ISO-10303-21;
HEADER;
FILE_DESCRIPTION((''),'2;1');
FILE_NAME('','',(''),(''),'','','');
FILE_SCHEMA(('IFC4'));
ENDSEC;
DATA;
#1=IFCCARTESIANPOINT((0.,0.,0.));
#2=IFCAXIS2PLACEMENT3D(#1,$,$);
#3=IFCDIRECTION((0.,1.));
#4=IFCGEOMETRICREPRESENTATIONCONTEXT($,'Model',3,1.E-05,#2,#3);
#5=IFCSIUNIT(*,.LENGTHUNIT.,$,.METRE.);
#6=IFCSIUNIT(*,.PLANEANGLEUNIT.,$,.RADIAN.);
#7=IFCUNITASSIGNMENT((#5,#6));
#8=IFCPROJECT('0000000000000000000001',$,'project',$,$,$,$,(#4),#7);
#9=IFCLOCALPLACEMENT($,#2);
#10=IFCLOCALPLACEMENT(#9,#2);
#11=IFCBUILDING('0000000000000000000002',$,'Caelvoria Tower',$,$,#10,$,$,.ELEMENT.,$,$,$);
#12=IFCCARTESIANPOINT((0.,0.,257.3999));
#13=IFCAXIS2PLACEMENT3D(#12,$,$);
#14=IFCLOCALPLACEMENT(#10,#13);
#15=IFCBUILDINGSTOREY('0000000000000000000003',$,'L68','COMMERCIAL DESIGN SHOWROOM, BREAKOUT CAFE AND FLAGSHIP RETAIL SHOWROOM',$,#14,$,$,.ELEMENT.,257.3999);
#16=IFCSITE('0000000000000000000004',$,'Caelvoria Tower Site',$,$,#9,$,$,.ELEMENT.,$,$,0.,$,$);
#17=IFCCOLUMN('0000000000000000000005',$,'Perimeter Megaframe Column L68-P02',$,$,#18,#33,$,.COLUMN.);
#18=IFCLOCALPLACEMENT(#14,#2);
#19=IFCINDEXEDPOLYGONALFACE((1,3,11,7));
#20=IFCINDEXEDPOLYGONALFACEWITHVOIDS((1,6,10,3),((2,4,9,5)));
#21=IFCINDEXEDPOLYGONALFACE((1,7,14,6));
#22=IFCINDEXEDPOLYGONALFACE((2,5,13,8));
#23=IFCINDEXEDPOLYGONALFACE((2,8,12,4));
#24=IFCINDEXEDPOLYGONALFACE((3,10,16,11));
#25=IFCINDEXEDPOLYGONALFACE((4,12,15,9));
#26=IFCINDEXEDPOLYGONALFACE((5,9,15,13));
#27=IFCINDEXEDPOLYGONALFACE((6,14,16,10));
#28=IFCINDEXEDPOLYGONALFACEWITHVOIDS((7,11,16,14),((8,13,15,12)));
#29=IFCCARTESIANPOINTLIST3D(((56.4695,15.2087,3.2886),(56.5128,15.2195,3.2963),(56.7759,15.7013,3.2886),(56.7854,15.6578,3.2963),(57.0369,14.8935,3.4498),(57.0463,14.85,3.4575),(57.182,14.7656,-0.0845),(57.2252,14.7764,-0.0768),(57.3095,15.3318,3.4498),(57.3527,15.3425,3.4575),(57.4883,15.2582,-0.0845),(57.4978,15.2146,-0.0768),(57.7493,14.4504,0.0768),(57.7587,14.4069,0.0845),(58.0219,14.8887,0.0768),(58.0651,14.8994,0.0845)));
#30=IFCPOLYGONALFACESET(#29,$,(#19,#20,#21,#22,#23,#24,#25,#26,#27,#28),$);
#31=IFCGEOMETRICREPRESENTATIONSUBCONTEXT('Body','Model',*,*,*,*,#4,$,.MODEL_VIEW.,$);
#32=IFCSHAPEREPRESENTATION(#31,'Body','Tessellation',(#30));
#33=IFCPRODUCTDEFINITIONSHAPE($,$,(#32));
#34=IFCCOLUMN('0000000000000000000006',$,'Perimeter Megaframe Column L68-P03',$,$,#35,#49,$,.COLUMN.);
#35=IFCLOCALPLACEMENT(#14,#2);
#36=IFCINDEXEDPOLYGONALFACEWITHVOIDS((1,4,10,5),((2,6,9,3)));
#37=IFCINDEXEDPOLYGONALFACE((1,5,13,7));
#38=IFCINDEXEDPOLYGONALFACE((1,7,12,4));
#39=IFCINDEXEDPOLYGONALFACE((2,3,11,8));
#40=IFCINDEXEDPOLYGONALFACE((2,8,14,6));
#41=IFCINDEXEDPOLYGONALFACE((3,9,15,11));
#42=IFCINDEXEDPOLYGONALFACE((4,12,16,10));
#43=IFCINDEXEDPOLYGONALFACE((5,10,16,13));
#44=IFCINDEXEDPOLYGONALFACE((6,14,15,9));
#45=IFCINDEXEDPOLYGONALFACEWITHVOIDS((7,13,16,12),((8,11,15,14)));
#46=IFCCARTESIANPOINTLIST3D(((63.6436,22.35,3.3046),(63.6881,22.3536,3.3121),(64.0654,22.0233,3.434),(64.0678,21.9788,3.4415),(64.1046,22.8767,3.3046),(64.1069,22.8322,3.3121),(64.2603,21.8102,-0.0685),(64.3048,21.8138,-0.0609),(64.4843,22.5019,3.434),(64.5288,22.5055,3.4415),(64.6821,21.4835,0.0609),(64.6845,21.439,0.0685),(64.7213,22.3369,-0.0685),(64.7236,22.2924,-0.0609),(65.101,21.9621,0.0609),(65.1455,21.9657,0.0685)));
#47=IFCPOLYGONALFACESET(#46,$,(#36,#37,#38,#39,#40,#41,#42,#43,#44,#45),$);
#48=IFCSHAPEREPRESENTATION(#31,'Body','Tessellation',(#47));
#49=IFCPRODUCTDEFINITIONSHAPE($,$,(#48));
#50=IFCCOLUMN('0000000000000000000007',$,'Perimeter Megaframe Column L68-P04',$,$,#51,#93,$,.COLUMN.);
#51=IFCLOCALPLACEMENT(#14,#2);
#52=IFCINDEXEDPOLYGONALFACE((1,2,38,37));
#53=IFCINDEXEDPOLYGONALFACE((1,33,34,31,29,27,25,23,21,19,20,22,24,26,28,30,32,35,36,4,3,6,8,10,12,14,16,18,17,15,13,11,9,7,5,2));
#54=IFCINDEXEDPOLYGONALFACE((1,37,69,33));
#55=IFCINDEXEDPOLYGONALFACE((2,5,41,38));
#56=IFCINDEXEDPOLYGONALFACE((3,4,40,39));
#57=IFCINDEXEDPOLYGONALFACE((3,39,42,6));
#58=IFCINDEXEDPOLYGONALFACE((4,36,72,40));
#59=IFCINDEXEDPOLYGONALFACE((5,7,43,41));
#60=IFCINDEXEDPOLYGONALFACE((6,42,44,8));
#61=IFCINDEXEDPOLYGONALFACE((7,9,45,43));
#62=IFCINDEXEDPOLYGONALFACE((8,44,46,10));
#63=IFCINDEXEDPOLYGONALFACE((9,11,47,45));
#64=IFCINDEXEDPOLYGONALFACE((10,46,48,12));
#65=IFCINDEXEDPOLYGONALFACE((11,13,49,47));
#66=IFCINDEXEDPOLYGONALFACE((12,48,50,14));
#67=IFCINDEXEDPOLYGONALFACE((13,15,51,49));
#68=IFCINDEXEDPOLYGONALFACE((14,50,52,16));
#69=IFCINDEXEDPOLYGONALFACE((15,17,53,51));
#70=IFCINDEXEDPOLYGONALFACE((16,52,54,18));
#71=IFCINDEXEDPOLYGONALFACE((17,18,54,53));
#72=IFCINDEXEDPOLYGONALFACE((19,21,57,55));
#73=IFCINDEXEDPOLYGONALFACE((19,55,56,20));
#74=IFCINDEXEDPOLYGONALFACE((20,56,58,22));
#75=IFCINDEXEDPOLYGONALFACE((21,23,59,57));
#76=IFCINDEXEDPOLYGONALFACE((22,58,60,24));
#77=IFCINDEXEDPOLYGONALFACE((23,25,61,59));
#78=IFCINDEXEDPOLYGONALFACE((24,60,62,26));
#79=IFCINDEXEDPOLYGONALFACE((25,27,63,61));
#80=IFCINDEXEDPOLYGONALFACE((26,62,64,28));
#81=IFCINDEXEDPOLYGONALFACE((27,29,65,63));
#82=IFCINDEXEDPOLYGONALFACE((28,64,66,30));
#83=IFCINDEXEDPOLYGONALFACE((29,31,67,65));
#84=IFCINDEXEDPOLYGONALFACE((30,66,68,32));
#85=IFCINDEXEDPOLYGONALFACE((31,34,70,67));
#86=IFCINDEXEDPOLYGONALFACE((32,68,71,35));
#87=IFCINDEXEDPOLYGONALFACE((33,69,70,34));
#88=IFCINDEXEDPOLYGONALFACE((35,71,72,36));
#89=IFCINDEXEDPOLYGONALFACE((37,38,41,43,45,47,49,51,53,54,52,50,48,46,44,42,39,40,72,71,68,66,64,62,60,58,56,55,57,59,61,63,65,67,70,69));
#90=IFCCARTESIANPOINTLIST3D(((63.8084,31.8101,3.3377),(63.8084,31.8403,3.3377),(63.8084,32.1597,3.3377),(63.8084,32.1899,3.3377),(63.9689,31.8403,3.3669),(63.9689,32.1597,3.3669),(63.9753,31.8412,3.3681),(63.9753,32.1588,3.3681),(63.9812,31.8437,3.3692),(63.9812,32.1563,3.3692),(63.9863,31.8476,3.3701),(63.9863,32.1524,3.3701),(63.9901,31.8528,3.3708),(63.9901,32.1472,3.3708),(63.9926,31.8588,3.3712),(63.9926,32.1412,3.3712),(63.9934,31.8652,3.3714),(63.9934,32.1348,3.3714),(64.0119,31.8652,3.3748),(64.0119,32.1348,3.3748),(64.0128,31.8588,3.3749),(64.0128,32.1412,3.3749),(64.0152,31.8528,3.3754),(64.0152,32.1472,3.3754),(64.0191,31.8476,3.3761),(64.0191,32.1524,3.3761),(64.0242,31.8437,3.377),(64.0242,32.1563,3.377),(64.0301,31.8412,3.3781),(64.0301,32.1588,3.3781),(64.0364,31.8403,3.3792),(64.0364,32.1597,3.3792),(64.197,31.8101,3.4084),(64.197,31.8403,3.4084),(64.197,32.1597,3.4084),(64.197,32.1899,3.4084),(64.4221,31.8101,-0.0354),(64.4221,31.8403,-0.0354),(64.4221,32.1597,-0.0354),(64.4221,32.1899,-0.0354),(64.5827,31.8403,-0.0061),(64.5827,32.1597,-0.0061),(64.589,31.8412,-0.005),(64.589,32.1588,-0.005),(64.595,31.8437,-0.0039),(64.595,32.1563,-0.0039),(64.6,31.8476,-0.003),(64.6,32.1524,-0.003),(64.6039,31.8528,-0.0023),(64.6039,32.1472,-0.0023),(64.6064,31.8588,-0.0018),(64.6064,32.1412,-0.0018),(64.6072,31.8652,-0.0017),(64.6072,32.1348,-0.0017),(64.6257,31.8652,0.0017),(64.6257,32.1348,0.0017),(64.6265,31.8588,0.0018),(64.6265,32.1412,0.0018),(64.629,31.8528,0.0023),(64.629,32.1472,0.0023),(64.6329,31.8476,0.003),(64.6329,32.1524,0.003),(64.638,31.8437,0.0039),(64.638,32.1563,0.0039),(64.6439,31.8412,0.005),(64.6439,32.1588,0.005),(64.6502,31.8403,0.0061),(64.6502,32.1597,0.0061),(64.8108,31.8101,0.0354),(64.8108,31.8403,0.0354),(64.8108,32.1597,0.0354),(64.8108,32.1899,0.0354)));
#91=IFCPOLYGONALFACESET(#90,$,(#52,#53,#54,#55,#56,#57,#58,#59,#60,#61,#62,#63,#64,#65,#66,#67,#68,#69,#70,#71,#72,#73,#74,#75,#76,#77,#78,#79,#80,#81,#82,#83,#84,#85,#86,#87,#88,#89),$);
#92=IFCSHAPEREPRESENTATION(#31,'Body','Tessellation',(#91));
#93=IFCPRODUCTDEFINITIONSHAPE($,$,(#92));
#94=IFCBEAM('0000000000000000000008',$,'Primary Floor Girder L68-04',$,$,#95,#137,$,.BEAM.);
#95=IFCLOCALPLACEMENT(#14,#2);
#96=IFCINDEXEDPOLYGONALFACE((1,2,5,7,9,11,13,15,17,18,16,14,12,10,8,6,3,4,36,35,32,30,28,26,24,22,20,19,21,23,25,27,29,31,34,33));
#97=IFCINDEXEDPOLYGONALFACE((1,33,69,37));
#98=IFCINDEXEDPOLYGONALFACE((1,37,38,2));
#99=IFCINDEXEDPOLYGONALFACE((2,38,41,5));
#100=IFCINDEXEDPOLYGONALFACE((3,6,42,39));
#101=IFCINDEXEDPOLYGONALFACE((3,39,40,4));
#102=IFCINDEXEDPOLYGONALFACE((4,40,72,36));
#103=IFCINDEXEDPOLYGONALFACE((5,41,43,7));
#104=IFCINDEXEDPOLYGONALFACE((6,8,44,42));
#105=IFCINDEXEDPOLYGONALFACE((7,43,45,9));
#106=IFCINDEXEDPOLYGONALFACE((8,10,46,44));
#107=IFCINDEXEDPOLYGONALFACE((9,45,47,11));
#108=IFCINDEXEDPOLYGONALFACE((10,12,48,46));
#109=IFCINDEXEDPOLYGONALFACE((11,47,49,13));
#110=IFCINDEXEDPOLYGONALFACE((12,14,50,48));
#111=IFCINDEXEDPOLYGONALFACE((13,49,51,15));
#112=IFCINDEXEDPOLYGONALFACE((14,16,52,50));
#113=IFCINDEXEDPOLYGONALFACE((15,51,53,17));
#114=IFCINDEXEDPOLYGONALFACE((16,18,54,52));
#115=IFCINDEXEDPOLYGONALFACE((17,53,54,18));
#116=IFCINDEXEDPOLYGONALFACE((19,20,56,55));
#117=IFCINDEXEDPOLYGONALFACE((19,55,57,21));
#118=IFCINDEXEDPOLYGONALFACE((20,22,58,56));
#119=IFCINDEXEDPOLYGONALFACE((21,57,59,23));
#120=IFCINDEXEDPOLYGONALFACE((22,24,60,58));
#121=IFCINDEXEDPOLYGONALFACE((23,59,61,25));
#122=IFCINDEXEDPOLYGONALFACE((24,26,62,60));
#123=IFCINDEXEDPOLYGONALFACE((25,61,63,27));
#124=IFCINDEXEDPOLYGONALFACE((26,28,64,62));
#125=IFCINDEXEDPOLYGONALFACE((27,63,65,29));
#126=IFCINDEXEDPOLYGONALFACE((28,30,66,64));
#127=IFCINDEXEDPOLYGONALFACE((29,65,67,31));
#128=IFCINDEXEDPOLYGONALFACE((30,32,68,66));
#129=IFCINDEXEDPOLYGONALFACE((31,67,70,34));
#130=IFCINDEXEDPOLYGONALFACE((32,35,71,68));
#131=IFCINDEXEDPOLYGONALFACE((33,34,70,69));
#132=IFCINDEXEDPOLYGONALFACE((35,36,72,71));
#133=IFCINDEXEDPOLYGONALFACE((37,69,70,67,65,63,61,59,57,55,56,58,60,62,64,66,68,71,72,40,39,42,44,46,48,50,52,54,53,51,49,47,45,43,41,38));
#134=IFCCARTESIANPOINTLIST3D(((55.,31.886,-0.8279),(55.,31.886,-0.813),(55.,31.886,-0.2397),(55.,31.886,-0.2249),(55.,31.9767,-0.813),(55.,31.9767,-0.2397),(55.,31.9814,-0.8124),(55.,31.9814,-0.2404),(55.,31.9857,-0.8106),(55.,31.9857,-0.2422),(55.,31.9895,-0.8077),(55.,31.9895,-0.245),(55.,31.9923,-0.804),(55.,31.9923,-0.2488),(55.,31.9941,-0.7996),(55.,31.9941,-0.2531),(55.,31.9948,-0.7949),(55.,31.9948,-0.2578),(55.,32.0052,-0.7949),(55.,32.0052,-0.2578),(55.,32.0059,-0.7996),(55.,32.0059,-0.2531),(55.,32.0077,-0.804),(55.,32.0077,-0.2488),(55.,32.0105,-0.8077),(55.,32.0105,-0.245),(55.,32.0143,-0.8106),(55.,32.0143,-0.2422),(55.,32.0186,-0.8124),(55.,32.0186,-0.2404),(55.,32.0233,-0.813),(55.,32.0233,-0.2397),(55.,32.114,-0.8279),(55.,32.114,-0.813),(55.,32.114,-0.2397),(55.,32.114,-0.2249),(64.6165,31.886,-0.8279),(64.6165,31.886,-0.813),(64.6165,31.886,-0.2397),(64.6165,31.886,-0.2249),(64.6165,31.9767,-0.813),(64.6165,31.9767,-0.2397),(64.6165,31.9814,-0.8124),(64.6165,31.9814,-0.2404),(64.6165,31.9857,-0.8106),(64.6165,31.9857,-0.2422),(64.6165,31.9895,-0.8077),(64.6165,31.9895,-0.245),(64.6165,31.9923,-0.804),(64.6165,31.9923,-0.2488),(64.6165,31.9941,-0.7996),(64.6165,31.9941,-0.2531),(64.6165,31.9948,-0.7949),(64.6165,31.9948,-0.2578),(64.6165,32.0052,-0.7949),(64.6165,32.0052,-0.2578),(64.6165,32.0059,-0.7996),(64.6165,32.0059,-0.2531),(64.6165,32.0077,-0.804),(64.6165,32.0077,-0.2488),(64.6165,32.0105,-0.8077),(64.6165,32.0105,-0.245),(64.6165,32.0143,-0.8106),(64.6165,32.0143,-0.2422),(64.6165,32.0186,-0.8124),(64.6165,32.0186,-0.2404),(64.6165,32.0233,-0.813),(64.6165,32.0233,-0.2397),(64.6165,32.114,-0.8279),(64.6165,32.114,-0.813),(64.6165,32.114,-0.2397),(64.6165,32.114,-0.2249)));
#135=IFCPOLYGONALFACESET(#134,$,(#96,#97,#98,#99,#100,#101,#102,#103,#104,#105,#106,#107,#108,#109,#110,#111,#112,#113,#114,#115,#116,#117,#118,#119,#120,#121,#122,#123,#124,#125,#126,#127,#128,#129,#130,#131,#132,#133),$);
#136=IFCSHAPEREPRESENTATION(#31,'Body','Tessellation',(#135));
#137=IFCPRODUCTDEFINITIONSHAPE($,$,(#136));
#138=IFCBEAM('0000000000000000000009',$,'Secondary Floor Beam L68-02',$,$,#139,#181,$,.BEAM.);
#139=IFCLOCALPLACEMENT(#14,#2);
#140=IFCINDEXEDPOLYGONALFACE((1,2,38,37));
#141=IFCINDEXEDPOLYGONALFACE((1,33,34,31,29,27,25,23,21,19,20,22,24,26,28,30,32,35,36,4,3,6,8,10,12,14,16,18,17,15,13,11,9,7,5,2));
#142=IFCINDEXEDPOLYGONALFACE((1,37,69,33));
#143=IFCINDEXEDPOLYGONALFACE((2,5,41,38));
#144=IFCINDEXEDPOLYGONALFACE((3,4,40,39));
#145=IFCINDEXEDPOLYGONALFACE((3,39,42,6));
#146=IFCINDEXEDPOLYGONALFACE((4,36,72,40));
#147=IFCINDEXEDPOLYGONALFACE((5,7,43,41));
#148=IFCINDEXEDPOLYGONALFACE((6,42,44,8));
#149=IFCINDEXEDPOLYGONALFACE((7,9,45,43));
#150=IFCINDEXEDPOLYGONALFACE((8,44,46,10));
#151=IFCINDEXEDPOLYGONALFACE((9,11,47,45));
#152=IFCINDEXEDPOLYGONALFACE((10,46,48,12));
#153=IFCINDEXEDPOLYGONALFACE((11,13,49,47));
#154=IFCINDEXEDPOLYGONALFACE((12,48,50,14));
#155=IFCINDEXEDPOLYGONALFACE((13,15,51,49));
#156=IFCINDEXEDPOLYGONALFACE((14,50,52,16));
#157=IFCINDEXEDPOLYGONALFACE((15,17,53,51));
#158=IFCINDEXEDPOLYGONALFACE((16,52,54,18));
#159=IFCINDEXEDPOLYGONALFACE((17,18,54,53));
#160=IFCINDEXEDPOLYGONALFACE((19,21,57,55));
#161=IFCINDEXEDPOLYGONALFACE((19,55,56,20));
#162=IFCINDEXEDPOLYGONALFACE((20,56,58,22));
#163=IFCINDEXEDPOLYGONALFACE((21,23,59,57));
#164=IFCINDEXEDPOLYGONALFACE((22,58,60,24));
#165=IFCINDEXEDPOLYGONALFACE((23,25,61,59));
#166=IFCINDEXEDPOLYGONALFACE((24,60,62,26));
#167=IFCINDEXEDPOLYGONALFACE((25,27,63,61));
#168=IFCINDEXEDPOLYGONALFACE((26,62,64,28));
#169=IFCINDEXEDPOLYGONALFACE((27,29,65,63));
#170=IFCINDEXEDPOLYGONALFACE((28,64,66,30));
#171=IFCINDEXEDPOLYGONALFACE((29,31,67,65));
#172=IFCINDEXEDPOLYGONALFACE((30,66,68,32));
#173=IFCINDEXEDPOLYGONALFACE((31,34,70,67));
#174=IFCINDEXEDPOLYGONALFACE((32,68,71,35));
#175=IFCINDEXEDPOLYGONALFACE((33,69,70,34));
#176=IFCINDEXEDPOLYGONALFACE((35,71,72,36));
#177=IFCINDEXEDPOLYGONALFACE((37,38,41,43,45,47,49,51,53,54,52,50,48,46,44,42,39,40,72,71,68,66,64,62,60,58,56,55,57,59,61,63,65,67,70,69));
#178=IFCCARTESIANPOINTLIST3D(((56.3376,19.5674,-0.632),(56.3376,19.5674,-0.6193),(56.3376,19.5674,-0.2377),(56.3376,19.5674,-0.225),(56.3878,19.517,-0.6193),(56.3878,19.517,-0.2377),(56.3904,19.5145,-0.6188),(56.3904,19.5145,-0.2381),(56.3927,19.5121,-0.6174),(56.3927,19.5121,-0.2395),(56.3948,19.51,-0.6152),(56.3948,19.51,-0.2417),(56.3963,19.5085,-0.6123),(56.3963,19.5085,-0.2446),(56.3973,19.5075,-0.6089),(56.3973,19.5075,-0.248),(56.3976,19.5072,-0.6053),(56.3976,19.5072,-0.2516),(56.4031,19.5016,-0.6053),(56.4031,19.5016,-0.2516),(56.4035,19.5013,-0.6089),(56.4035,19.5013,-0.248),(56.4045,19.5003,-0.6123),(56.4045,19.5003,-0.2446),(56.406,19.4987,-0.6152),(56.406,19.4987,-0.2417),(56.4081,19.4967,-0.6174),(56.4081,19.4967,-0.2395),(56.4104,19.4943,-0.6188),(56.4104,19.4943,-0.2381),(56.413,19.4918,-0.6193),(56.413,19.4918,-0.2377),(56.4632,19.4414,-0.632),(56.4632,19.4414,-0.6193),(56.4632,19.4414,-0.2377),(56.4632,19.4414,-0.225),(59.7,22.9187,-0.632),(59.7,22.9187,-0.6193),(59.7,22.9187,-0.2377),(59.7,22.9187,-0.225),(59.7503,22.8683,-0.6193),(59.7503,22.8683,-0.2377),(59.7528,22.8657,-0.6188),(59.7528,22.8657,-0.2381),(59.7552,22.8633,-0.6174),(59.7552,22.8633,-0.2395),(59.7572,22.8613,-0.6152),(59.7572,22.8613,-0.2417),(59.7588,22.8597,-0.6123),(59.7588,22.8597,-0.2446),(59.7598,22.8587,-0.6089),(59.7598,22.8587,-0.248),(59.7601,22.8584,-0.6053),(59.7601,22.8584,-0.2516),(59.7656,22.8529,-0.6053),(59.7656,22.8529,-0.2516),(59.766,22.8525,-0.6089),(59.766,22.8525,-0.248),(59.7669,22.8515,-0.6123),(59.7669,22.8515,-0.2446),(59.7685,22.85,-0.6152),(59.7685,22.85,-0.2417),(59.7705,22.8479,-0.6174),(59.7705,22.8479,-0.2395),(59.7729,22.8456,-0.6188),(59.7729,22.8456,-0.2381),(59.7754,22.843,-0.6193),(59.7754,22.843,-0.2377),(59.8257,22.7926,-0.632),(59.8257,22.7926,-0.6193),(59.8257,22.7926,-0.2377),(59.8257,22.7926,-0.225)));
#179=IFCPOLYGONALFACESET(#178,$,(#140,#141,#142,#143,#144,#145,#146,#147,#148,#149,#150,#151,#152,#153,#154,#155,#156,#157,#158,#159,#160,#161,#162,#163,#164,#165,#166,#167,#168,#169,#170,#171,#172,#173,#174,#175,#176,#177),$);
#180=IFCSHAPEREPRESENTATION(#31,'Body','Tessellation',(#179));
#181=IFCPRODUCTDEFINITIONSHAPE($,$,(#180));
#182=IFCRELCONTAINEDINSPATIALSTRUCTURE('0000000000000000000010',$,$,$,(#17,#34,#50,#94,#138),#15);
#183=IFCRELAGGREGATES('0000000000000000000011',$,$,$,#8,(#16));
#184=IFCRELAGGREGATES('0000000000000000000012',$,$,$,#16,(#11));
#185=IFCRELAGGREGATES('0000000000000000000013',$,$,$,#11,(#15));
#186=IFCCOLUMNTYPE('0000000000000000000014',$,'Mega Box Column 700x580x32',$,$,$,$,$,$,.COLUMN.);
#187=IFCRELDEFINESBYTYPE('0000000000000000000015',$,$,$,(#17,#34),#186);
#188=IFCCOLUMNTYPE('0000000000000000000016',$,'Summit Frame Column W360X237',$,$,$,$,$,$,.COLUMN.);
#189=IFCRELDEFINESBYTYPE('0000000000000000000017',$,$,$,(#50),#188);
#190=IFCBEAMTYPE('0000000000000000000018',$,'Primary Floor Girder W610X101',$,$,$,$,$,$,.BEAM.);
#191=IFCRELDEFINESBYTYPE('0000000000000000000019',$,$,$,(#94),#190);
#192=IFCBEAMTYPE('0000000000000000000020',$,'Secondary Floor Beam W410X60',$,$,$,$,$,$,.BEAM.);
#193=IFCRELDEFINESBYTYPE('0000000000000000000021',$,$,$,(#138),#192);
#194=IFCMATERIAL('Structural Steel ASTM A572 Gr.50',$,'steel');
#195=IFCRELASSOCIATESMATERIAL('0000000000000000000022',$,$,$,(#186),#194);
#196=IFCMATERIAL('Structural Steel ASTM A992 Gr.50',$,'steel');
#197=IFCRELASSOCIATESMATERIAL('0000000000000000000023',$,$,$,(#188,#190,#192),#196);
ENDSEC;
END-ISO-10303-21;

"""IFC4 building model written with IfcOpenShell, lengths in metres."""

from ifc_helpers import new_model, si_unit, direction, frame, origin, origin_2d, place, context, subcontext, project, spatial, hollow_rectangle, i_section, extrude, material, material_profile, profile_set, type_object, element, save


model = new_model("IFC4")

# Units and contexts
model_context = context("Model", 3, precision=1e-05, world=origin(), true_north=direction((0.0, 1.0)))
body_context = subcontext(model_context, "Body", "Model", "MODEL_VIEW")
ifc_project = project(units=[si_unit("LENGTHUNIT", "METRE"), si_unit("PLANEANGLEUNIT", "RADIAN")], contexts=[model_context])

# Site, building, storey
site_placement = place(None, origin())
site = spatial("IfcSite", under=ifc_project, at=site_placement, Name="Caelvoria Tower Site", CompositionType="ELEMENT", RefElevation=0.0)
building_placement = place(site_placement, origin())
building = spatial("IfcBuilding", under=site, at=building_placement, Name="Caelvoria Tower", CompositionType="ELEMENT")
storey_placement = place(building_placement, frame((0.0, 0.0, 257.3999)))
storey = spatial("IfcBuildingStorey", under=building, at=storey_placement, Name="L68", Description="COMMERCIAL DESIGN SHOWROOM, BREAKOUT CAFE AND FLAGSHIP RETAIL SHOWROOM", CompositionType="ELEMENT", Elevation=257.3999)

# Columns
ifc_material_1 = material(Name="Structural Steel ASTM A572 Gr.50", Category="steel")
ifc_material_profile_1 = material_profile(ifc_material_1, hollow_rectangle(XDim=0.5801, YDim=0.7, WallThickness=0.032, at=origin_2d()), Name="Structural Steel ASTM A572 Gr.50")
ifc_profile_set_1 = profile_set([ifc_material_profile_1], Name="BOX700X580X32 - Structural Steel ASTM A572 Gr.50")
column_type_1 = type_object("IfcColumnType", Name="Mega Box Column 700x580x32", PredefinedType="COLUMN", material=ifc_profile_set_1)
column_1_placement = place(storey_placement, frame((57.6235, 14.8325, 0.0), z_axis=(-0.20496, 0.127485, 0.970432), x_axis=(-0.528167, -0.849141, 0.0)))
element("IfcColumn", 1, at=column_1_placement, inside=storey, type_object=column_type_1, Name="Perimeter Megaframe Column L68-P02", PredefinedType="COLUMN", context=body_context, shape_type="SweptSolid", body=[
    extrude(hollow_rectangle(XDim=0.5801, YDim=0.7, WallThickness=0.032, at=origin_2d()), origin(), (0.0, 0.0, 1.0), 3.4758),
])
column_2_placement = place(storey_placement, frame((64.7029, 21.8879, 0.0), z_axis=(-0.177662, 0.155507, 0.971727), x_axis=(0.731192, -0.64001, 0.236107)))
element("IfcColumn", 2, at=column_2_placement, inside=storey, type_object=column_type_1, Name="Perimeter Megaframe Column L68-P03", PredefinedType="COLUMN", context=body_context, shape_type="SweptSolid", body=[
    extrude(hollow_rectangle(XDim=0.5801, YDim=0.7, WallThickness=0.032, at=origin_2d()), origin(), (0.0, 0.0, 1.0), 3.4712),
])
ifc_material_2 = material(Name="Structural Steel ASTM A992 Gr.50", Category="steel")
ifc_material_profile_2 = material_profile(ifc_material_2, i_section(OverallWidth=0.395, OverallDepth=0.3799, WebThickness=0.0188, FlangeThickness=0.0303, FilletRadius=0.0249, at=origin_2d()), Name="Structural Steel ASTM A992 Gr.50")
ifc_profile_set_2 = profile_set([ifc_material_profile_2], Name="W360X237 - Structural Steel ASTM A992 Gr.50")
column_type_2 = type_object("IfcColumnType", Name="Summit Frame Column W360X237", PredefinedType="COLUMN", material=ifc_profile_set_2)
column_3_placement = place(storey_placement, frame((64.6165, 32.0, 0.0), z_axis=(-0.179023, 0.0, 0.983845), x_axis=(0.983845, 0.0, 0.179023)))
element("IfcColumn", 3, at=column_3_placement, inside=storey, type_object=column_type_2, Name="Perimeter Megaframe Column L68-P04", PredefinedType="COLUMN", context=body_context, shape_type="SweptSolid", body=[
    extrude(i_section(OverallWidth=0.395, OverallDepth=0.3799, WebThickness=0.0188, FlangeThickness=0.0303, FilletRadius=0.0249, at=origin_2d()), origin(), (0.0, 0.0, 1.0), 3.4285),
])

# Beams
ifc_material_profile_3 = material_profile(ifc_material_2, i_section(OverallWidth=0.228, OverallDepth=0.603, WebThickness=0.0105, FlangeThickness=0.0149, FilletRadius=0.0181, at=origin_2d()), Name="Structural Steel ASTM A992 Gr.50")
ifc_profile_set_3 = profile_set([ifc_material_profile_3], Name="W610X101 - Structural Steel ASTM A992 Gr.50")
beam_type_1 = type_object("IfcBeamType", Name="Primary Floor Girder W610X101", PredefinedType="BEAM", material=ifc_profile_set_3)
beam_1_placement = place(storey_placement, frame((55.0, 32.0, -0.5264), z_axis=(1.0, 0.0, 0.0), x_axis=(0.0, 1.0, 0.0)))
element("IfcBeam", 4, at=beam_1_placement, inside=storey, type_object=beam_type_1, Name="Primary Floor Girder L68-04", PredefinedType="BEAM", context=body_context, shape_type="SweptSolid", body=[
    extrude(i_section(OverallWidth=0.228, OverallDepth=0.603, WebThickness=0.0105, FlangeThickness=0.0149, FilletRadius=0.0181, at=origin_2d()), origin(), (0.0, 0.0, 1.0), 9.6165),
])
ifc_material_profile_4 = material_profile(ifc_material_2, i_section(OverallWidth=0.178, OverallDepth=0.407, WebThickness=0.0078, FlangeThickness=0.0127, FilletRadius=0.0139, at=origin_2d()), Name="Structural Steel ASTM A992 Gr.50")
ifc_profile_set_4 = profile_set([ifc_material_profile_4], Name="W410X60 - Structural Steel ASTM A992 Gr.50")
beam_type_2 = type_object("IfcBeamType", Name="Secondary Floor Beam W410X60", PredefinedType="BEAM", material=ifc_profile_set_4)
beam_2_placement = place(storey_placement, frame((56.4004, 19.5044, -0.4285), z_axis=(0.708289, 0.705923, 0.0), x_axis=(-0.705923, 0.708289, 0.0)))
element("IfcBeam", 5, at=beam_2_placement, inside=storey, type_object=beam_type_2, Name="Secondary Floor Beam L68-02", PredefinedType="BEAM", context=body_context, shape_type="SweptSolid", body=[
    extrude(i_section(OverallWidth=0.178, OverallDepth=0.407, WebThickness=0.0078, FlangeThickness=0.0127, FilletRadius=0.0139, at=origin_2d()), origin(), (0.0, 0.0, 1.0), 4.7473),
])

save(model, "model.ifc")
